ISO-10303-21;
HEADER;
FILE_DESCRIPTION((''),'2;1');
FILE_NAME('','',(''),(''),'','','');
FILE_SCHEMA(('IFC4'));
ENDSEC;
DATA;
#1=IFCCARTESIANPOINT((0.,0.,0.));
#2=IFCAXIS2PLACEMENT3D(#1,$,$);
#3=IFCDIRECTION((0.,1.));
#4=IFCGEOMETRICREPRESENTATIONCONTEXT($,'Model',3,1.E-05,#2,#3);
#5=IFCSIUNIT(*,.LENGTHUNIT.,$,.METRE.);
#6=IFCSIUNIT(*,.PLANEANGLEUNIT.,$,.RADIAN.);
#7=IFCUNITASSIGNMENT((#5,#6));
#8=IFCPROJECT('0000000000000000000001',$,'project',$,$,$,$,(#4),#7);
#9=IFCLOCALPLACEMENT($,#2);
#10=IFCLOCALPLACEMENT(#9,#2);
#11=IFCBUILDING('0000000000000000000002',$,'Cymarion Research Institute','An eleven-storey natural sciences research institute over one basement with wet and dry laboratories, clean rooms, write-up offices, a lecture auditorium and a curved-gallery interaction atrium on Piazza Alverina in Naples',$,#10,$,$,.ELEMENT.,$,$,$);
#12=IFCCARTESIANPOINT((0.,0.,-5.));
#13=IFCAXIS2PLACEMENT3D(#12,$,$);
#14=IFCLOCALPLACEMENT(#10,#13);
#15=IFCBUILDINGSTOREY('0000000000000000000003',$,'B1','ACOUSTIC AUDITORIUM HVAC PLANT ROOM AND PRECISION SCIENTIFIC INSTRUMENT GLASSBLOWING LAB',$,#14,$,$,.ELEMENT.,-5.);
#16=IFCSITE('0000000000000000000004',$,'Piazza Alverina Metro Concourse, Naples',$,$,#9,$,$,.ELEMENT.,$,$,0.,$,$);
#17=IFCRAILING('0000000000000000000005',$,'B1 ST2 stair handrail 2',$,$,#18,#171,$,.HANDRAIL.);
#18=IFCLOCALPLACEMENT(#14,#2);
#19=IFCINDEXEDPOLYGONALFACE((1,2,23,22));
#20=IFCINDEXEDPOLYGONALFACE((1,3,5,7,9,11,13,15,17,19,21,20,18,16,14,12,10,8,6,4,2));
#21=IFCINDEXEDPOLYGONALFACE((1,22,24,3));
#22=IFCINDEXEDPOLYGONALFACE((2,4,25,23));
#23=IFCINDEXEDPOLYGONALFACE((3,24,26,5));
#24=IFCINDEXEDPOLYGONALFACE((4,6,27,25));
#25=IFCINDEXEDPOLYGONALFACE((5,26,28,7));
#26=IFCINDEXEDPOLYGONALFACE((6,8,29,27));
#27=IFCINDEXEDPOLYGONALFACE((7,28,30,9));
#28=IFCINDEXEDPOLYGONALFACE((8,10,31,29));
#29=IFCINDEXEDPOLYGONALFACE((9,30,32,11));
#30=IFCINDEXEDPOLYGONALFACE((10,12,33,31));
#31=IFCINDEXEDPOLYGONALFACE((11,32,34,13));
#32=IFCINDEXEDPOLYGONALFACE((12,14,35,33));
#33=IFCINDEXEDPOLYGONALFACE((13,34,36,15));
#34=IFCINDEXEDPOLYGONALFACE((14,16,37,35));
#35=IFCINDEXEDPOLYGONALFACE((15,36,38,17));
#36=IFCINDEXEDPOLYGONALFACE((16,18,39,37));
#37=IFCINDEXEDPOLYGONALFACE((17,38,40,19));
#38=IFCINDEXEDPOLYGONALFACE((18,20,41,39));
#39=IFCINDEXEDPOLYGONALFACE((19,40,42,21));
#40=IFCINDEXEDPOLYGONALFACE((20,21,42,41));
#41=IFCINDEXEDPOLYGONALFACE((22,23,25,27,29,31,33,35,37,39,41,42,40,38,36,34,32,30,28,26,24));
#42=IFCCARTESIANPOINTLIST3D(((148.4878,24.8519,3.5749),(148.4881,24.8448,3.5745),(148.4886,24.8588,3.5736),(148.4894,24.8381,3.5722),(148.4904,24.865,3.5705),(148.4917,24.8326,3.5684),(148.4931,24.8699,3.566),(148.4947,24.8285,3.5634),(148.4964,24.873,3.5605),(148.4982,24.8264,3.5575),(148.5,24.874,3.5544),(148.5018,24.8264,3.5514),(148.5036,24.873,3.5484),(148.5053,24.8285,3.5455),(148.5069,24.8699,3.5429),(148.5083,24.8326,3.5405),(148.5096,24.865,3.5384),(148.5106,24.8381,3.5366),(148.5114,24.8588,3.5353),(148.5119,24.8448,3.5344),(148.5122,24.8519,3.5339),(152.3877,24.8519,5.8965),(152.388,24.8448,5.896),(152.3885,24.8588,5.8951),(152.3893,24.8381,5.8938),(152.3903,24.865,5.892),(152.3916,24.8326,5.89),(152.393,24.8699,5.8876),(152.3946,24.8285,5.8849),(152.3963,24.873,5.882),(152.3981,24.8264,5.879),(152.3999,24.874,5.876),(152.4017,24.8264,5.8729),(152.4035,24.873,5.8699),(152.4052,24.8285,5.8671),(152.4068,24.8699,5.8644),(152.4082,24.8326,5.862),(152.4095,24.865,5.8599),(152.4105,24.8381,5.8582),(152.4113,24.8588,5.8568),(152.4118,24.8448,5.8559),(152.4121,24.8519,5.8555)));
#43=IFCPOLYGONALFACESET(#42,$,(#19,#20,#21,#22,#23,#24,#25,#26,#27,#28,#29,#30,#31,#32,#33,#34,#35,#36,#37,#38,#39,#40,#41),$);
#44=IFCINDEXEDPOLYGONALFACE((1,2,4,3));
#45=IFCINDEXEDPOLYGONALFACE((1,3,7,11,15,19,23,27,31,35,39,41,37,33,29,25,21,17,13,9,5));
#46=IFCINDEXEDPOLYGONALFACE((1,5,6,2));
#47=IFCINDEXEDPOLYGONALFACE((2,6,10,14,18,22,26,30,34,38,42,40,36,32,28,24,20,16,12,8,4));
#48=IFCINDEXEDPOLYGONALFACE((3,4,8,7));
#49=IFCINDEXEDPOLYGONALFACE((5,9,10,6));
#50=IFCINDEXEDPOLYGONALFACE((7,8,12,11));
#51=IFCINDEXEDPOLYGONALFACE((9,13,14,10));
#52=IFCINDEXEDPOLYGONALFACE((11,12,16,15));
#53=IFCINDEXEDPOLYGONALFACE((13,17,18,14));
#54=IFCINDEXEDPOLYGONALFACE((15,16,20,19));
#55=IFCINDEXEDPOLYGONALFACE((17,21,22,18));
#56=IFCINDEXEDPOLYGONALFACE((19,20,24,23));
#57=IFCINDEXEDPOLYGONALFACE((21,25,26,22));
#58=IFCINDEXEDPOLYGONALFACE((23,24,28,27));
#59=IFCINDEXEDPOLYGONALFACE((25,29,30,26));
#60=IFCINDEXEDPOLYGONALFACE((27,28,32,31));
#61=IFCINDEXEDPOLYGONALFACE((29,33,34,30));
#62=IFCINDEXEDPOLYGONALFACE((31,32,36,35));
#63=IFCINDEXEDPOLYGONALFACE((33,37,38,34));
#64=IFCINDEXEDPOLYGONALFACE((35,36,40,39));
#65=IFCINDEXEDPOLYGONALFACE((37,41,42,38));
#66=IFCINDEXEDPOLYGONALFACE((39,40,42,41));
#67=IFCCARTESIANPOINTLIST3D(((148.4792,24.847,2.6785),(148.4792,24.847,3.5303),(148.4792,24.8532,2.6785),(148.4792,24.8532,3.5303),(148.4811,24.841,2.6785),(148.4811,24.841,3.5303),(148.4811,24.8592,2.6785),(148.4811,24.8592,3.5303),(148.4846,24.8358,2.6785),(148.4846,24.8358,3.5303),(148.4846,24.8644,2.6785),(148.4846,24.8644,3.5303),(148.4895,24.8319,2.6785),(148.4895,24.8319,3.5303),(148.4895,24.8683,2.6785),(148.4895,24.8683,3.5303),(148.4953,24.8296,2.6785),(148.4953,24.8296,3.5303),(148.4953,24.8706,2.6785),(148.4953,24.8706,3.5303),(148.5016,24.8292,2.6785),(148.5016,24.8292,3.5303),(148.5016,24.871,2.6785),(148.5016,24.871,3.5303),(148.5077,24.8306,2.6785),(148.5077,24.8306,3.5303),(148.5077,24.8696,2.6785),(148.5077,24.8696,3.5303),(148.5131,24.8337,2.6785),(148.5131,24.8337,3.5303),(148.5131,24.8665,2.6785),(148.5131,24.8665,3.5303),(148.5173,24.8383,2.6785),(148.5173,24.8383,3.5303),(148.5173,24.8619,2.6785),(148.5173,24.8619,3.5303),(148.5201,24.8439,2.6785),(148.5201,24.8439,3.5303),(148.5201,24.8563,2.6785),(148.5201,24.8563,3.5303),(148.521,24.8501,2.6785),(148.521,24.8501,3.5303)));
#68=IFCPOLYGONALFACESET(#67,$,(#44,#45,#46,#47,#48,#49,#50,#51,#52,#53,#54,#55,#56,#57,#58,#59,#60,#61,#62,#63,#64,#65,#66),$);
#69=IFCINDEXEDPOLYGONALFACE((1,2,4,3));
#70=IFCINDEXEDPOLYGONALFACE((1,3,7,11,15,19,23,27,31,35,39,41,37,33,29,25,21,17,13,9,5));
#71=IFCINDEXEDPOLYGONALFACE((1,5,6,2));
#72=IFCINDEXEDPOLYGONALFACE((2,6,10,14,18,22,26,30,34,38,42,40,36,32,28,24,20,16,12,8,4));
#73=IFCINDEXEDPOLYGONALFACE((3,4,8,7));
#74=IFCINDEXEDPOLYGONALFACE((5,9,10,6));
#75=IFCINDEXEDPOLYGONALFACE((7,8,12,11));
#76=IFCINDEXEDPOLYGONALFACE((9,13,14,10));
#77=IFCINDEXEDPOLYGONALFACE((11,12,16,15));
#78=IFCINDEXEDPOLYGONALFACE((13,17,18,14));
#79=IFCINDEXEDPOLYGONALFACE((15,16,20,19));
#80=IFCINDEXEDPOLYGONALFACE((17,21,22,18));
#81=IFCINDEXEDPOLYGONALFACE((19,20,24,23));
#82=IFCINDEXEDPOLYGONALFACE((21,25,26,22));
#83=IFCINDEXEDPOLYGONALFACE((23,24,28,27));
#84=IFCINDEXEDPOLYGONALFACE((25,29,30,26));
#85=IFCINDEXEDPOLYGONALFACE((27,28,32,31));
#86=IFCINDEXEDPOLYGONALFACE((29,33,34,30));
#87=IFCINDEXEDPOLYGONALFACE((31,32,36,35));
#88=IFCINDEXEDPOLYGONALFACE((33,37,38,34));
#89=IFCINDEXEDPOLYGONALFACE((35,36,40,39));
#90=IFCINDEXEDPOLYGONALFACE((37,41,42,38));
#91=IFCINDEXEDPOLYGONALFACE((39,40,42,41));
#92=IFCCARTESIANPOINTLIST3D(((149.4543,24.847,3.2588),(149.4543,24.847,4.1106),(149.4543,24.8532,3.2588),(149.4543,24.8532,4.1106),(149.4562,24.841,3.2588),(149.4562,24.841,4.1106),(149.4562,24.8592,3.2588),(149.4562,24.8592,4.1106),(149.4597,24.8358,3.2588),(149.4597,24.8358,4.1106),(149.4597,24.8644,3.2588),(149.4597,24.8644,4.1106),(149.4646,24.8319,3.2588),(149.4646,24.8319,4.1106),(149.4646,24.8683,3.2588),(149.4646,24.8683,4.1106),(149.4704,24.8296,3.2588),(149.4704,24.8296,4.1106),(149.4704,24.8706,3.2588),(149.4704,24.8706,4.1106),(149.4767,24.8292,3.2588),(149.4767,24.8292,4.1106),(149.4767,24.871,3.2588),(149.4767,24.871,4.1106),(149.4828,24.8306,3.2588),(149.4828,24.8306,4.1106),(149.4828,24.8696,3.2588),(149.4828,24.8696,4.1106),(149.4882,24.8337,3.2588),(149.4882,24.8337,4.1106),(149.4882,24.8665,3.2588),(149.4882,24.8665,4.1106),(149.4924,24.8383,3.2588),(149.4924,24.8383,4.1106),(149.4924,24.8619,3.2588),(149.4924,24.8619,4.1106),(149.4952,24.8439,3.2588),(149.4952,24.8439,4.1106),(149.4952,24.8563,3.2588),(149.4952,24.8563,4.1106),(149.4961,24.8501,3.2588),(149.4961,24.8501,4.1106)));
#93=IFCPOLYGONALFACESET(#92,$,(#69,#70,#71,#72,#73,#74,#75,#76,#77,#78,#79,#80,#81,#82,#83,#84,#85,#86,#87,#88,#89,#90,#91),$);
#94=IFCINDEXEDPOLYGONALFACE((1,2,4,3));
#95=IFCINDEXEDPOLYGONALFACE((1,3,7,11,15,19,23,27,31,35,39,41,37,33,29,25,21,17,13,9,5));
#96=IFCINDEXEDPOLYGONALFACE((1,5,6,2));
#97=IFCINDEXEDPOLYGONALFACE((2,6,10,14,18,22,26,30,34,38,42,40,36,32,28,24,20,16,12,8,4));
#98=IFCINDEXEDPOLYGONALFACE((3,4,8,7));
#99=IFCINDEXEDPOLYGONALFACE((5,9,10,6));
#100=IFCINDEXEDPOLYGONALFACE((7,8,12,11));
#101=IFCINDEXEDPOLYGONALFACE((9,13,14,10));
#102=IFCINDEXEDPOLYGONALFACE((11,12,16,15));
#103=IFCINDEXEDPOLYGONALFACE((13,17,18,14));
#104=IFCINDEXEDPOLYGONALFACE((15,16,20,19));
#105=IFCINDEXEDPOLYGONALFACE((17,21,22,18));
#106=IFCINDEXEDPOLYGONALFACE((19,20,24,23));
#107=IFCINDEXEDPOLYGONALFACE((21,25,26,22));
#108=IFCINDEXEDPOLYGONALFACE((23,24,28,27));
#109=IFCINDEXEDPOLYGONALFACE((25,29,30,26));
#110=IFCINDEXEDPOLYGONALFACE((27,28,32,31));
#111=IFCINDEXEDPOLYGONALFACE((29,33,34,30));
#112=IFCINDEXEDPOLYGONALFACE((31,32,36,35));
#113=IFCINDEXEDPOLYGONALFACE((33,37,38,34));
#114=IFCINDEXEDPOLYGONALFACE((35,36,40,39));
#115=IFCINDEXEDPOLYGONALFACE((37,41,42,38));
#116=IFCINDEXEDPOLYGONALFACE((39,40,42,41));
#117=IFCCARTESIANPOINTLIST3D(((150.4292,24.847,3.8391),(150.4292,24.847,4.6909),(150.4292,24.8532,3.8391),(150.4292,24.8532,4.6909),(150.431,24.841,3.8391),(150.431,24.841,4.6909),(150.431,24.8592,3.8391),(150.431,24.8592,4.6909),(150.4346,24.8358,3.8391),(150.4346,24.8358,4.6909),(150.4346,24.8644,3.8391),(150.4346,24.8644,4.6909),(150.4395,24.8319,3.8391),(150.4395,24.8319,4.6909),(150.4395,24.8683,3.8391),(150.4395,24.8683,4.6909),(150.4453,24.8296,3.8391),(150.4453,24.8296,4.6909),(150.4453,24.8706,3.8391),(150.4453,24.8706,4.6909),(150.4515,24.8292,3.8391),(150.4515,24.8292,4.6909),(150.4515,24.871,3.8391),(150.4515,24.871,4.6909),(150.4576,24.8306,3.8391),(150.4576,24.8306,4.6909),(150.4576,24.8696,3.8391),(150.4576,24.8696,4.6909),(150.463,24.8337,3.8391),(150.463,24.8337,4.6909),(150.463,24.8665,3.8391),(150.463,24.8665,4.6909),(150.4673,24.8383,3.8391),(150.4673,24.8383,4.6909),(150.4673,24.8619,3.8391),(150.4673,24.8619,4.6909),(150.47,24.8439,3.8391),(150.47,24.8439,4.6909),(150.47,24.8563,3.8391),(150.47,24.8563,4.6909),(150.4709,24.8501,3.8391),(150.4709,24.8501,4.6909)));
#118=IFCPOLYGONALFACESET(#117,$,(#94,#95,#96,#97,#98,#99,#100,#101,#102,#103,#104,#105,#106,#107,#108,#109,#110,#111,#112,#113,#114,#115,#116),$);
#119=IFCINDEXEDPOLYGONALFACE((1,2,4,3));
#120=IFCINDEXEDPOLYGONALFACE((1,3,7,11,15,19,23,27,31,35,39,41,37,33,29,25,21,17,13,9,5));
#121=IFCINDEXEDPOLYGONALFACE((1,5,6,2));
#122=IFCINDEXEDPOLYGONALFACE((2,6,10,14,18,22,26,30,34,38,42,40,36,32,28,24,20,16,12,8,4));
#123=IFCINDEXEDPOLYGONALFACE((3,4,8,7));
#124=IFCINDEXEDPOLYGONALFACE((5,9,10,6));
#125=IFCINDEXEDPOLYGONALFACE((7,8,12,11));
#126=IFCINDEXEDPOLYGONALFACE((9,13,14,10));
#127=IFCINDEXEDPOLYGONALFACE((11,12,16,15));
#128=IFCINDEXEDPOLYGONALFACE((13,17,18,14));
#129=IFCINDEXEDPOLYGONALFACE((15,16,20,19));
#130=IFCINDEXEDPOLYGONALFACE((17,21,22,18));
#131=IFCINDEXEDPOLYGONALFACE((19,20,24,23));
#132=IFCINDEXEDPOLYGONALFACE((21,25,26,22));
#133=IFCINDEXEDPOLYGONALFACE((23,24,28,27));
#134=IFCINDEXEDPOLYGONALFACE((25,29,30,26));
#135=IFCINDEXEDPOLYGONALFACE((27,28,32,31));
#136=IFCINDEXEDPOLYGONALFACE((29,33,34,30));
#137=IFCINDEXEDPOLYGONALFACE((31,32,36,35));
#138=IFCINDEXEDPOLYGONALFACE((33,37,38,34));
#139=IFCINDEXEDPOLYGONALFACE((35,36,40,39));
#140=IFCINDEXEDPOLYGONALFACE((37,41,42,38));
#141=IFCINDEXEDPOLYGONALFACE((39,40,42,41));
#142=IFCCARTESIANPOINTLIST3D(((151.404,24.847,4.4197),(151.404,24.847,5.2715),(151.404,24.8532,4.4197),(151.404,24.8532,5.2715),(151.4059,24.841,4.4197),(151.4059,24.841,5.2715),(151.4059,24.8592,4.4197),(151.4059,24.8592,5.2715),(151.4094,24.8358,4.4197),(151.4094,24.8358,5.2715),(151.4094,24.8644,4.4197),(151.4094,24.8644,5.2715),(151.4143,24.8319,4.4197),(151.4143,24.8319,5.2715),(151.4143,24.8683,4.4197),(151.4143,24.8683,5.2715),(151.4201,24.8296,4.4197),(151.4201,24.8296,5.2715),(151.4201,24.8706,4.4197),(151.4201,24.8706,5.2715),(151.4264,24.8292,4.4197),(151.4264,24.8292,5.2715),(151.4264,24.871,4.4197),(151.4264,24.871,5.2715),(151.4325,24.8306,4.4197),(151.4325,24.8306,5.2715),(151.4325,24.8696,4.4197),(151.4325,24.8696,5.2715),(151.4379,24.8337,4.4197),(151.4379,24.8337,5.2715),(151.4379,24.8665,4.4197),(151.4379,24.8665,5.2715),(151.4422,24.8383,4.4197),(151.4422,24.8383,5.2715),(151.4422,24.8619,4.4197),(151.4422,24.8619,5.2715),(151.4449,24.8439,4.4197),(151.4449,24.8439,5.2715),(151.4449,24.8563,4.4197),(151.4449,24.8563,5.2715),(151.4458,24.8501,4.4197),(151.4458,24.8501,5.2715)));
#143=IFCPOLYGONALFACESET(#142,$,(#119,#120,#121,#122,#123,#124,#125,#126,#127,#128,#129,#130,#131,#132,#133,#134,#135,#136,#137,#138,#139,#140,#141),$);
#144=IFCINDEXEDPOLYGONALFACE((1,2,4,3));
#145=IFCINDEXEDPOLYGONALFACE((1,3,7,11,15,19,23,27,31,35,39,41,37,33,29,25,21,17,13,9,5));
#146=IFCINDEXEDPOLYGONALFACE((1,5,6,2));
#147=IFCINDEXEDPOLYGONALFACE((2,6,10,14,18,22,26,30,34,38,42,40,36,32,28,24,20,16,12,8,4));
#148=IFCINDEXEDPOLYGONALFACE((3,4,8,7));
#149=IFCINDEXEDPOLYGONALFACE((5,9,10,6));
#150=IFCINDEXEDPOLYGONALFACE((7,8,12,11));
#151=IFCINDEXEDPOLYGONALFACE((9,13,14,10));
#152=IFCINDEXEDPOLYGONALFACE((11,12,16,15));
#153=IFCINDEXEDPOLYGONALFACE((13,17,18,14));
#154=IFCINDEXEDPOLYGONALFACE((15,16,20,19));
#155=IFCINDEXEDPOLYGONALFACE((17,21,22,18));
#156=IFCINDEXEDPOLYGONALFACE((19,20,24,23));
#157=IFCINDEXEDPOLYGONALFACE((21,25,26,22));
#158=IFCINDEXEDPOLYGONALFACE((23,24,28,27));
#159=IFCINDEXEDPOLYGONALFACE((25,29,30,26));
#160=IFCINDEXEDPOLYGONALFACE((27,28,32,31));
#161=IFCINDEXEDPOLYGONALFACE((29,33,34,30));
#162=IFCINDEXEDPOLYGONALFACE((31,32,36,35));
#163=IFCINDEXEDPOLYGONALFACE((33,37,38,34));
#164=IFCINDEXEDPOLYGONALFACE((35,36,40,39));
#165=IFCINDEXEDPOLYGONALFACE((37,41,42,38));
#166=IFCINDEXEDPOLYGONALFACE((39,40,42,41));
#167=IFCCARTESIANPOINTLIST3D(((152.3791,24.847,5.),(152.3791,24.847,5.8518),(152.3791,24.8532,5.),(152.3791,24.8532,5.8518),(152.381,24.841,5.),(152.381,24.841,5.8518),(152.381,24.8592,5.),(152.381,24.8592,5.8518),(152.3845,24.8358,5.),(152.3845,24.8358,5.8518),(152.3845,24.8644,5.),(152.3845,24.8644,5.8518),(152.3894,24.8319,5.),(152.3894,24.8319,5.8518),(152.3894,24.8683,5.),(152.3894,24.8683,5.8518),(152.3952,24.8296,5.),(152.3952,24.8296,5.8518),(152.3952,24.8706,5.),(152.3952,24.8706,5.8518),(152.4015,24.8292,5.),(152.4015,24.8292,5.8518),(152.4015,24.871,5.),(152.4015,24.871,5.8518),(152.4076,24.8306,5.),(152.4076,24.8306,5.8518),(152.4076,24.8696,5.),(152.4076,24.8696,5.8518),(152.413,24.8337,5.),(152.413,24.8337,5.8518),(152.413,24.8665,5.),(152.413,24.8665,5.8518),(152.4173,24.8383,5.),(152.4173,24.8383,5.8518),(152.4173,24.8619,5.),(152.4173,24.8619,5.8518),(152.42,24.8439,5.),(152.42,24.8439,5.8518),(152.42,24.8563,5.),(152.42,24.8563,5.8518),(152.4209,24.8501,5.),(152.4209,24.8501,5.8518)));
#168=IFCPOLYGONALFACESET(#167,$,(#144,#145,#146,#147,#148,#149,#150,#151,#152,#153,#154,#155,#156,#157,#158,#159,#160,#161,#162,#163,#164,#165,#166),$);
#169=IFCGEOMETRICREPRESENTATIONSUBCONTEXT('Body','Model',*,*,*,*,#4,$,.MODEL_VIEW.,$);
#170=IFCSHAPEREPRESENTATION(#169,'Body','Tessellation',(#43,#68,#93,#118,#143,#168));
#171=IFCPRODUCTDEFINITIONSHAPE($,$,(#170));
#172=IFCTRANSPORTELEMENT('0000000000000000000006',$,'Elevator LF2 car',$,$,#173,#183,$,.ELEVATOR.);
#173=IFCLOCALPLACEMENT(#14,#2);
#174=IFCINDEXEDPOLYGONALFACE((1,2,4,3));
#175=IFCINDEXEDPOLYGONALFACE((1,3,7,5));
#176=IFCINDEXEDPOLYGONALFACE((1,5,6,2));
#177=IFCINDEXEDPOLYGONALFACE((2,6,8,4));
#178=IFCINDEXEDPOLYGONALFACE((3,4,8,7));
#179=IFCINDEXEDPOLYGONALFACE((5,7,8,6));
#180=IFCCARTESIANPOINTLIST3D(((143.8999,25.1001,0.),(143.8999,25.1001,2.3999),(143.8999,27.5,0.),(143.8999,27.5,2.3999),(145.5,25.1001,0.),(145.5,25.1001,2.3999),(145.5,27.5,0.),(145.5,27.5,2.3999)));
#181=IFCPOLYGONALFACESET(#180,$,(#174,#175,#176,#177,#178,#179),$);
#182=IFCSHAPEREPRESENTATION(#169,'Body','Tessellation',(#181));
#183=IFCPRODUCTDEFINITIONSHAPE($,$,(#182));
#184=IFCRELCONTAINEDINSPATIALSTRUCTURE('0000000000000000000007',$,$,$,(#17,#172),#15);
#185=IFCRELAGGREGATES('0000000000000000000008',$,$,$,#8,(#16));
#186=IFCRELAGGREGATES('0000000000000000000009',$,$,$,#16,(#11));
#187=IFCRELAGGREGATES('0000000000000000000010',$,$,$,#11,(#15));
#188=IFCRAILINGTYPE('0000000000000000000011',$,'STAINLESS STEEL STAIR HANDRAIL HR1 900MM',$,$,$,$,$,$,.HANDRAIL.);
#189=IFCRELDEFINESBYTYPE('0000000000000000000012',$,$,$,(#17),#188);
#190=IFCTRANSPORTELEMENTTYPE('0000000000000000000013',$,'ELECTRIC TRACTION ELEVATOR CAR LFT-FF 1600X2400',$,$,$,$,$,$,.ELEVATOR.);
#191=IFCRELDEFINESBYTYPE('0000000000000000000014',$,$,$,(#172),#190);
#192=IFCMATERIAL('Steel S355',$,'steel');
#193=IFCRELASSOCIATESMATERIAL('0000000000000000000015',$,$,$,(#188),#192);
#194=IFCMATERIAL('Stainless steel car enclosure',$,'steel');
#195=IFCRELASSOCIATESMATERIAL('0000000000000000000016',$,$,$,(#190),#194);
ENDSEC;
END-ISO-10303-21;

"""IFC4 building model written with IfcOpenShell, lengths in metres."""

from ifc_helpers import new_model, si_unit, direction, frame, origin, origin_2d, place, context, subcontext, project, spatial, rectangle, circle, extrude, material, type_object, element, save


model = new_model("IFC4")

# Units and contexts
model_context = context("Model", 3, precision=1e-05, world=origin(), true_north=direction((0.0, 1.0)))
body_context = subcontext(model_context, "Body", "Model", "MODEL_VIEW")
ifc_project = project(units=[si_unit("LENGTHUNIT", "METRE"), si_unit("PLANEANGLEUNIT", "RADIAN")], contexts=[model_context])

# Site, building, storey
site_placement = place(None, origin())
site = spatial("IfcSite", under=ifc_project, at=site_placement, Name="Piazza Alverina Metro Concourse, Naples", CompositionType="ELEMENT", RefElevation=0.0)
building_placement = place(site_placement, origin())
building = spatial("IfcBuilding", under=site, at=building_placement, Name="Cymarion Research Institute", Description="An eleven-storey natural sciences research institute over one basement with wet and dry laboratories, clean rooms, write-up offices, a lecture auditorium and a curved-gallery interaction atrium on Piazza Alverina in Naples", CompositionType="ELEMENT")
storey_placement = place(building_placement, frame((0.0, 0.0, -5.0)))
storey = spatial("IfcBuildingStorey", under=building, at=storey_placement, Name="B1", Description="ACOUSTIC AUDITORIUM HVAC PLANT ROOM AND PRECISION SCIENTIFIC INSTRUMENT GLASSBLOWING LAB", CompositionType="ELEMENT", Elevation=-5.0)

# Shared definitions
ifc_material_1 = material(Name="Steel S355", Category="steel")

# Railing
railing_type_1 = type_object("IfcRailingType", Name="STAINLESS STEEL STAIR HANDRAIL HR1 900MM", PredefinedType="HANDRAIL", material=ifc_material_1)
railing_1_placement = place(storey_placement, frame((148.5, 24.8501, 2.6785)))
element("IfcRailing", 1, at=railing_1_placement, inside=storey, type_object=railing_type_1, Name="B1 ST2 stair handrail 2", PredefinedType="HANDRAIL", context=body_context, shape_type="SweptSolid", body=[
    extrude(circle(Radius=0.0239, at=origin_2d()), frame((0.0, 0.0, 0.876), z_axis=(0.859277, 0.0, 0.51151), x_axis=(0.0, 1.0, 0.0)), (0.0, 0.0, 1.0), 4.5386),
    extrude(circle(Radius=0.021, at=origin_2d()), origin(), (0.0, 0.0, 1.0), 0.8518),
    extrude(circle(Radius=0.021, at=origin_2d()), frame((0.9751, 0.0, 0.5803)), (0.0, 0.0, 1.0), 0.8518),
    extrude(circle(Radius=0.021, at=origin_2d()), frame((1.95, 0.0, 1.1606)), (0.0, 0.0, 1.0), 0.8518),
    extrude(circle(Radius=0.021, at=origin_2d()), frame((2.9248, 0.0, 1.7412)), (0.0, 0.0, 1.0), 0.8518),
    extrude(circle(Radius=0.021, at=origin_2d()), frame((3.8999, 0.0, 2.3215)), (0.0, 0.0, 1.0), 0.8518),
])

# Transport element
ifc_material_2 = material(Name="Stainless steel car enclosure", Category="steel")
transport_element_type = type_object("IfcTransportElementType", Name="ELECTRIC TRACTION ELEVATOR CAR LFT-FF 1600X2400", PredefinedType="ELEVATOR", material=ifc_material_2)
transport_element_placement = place(storey_placement, frame((144.7, 26.3, 0.0), z_axis=(0.0, 0.0, 1.0), x_axis=(1.0, 0.0, 0.0)))
element("IfcTransportElement", 2, at=transport_element_placement, inside=storey, type_object=transport_element_type, Name="Elevator LF2 car", PredefinedType="ELEVATOR", context=body_context, shape_type="SweptSolid", body=[
    extrude(rectangle(XDim=1.6001, YDim=2.3999, at=origin_2d()), origin(), (0.0, 0.0, 1.0), 2.3999),
])

save(model, "model.ifc")
